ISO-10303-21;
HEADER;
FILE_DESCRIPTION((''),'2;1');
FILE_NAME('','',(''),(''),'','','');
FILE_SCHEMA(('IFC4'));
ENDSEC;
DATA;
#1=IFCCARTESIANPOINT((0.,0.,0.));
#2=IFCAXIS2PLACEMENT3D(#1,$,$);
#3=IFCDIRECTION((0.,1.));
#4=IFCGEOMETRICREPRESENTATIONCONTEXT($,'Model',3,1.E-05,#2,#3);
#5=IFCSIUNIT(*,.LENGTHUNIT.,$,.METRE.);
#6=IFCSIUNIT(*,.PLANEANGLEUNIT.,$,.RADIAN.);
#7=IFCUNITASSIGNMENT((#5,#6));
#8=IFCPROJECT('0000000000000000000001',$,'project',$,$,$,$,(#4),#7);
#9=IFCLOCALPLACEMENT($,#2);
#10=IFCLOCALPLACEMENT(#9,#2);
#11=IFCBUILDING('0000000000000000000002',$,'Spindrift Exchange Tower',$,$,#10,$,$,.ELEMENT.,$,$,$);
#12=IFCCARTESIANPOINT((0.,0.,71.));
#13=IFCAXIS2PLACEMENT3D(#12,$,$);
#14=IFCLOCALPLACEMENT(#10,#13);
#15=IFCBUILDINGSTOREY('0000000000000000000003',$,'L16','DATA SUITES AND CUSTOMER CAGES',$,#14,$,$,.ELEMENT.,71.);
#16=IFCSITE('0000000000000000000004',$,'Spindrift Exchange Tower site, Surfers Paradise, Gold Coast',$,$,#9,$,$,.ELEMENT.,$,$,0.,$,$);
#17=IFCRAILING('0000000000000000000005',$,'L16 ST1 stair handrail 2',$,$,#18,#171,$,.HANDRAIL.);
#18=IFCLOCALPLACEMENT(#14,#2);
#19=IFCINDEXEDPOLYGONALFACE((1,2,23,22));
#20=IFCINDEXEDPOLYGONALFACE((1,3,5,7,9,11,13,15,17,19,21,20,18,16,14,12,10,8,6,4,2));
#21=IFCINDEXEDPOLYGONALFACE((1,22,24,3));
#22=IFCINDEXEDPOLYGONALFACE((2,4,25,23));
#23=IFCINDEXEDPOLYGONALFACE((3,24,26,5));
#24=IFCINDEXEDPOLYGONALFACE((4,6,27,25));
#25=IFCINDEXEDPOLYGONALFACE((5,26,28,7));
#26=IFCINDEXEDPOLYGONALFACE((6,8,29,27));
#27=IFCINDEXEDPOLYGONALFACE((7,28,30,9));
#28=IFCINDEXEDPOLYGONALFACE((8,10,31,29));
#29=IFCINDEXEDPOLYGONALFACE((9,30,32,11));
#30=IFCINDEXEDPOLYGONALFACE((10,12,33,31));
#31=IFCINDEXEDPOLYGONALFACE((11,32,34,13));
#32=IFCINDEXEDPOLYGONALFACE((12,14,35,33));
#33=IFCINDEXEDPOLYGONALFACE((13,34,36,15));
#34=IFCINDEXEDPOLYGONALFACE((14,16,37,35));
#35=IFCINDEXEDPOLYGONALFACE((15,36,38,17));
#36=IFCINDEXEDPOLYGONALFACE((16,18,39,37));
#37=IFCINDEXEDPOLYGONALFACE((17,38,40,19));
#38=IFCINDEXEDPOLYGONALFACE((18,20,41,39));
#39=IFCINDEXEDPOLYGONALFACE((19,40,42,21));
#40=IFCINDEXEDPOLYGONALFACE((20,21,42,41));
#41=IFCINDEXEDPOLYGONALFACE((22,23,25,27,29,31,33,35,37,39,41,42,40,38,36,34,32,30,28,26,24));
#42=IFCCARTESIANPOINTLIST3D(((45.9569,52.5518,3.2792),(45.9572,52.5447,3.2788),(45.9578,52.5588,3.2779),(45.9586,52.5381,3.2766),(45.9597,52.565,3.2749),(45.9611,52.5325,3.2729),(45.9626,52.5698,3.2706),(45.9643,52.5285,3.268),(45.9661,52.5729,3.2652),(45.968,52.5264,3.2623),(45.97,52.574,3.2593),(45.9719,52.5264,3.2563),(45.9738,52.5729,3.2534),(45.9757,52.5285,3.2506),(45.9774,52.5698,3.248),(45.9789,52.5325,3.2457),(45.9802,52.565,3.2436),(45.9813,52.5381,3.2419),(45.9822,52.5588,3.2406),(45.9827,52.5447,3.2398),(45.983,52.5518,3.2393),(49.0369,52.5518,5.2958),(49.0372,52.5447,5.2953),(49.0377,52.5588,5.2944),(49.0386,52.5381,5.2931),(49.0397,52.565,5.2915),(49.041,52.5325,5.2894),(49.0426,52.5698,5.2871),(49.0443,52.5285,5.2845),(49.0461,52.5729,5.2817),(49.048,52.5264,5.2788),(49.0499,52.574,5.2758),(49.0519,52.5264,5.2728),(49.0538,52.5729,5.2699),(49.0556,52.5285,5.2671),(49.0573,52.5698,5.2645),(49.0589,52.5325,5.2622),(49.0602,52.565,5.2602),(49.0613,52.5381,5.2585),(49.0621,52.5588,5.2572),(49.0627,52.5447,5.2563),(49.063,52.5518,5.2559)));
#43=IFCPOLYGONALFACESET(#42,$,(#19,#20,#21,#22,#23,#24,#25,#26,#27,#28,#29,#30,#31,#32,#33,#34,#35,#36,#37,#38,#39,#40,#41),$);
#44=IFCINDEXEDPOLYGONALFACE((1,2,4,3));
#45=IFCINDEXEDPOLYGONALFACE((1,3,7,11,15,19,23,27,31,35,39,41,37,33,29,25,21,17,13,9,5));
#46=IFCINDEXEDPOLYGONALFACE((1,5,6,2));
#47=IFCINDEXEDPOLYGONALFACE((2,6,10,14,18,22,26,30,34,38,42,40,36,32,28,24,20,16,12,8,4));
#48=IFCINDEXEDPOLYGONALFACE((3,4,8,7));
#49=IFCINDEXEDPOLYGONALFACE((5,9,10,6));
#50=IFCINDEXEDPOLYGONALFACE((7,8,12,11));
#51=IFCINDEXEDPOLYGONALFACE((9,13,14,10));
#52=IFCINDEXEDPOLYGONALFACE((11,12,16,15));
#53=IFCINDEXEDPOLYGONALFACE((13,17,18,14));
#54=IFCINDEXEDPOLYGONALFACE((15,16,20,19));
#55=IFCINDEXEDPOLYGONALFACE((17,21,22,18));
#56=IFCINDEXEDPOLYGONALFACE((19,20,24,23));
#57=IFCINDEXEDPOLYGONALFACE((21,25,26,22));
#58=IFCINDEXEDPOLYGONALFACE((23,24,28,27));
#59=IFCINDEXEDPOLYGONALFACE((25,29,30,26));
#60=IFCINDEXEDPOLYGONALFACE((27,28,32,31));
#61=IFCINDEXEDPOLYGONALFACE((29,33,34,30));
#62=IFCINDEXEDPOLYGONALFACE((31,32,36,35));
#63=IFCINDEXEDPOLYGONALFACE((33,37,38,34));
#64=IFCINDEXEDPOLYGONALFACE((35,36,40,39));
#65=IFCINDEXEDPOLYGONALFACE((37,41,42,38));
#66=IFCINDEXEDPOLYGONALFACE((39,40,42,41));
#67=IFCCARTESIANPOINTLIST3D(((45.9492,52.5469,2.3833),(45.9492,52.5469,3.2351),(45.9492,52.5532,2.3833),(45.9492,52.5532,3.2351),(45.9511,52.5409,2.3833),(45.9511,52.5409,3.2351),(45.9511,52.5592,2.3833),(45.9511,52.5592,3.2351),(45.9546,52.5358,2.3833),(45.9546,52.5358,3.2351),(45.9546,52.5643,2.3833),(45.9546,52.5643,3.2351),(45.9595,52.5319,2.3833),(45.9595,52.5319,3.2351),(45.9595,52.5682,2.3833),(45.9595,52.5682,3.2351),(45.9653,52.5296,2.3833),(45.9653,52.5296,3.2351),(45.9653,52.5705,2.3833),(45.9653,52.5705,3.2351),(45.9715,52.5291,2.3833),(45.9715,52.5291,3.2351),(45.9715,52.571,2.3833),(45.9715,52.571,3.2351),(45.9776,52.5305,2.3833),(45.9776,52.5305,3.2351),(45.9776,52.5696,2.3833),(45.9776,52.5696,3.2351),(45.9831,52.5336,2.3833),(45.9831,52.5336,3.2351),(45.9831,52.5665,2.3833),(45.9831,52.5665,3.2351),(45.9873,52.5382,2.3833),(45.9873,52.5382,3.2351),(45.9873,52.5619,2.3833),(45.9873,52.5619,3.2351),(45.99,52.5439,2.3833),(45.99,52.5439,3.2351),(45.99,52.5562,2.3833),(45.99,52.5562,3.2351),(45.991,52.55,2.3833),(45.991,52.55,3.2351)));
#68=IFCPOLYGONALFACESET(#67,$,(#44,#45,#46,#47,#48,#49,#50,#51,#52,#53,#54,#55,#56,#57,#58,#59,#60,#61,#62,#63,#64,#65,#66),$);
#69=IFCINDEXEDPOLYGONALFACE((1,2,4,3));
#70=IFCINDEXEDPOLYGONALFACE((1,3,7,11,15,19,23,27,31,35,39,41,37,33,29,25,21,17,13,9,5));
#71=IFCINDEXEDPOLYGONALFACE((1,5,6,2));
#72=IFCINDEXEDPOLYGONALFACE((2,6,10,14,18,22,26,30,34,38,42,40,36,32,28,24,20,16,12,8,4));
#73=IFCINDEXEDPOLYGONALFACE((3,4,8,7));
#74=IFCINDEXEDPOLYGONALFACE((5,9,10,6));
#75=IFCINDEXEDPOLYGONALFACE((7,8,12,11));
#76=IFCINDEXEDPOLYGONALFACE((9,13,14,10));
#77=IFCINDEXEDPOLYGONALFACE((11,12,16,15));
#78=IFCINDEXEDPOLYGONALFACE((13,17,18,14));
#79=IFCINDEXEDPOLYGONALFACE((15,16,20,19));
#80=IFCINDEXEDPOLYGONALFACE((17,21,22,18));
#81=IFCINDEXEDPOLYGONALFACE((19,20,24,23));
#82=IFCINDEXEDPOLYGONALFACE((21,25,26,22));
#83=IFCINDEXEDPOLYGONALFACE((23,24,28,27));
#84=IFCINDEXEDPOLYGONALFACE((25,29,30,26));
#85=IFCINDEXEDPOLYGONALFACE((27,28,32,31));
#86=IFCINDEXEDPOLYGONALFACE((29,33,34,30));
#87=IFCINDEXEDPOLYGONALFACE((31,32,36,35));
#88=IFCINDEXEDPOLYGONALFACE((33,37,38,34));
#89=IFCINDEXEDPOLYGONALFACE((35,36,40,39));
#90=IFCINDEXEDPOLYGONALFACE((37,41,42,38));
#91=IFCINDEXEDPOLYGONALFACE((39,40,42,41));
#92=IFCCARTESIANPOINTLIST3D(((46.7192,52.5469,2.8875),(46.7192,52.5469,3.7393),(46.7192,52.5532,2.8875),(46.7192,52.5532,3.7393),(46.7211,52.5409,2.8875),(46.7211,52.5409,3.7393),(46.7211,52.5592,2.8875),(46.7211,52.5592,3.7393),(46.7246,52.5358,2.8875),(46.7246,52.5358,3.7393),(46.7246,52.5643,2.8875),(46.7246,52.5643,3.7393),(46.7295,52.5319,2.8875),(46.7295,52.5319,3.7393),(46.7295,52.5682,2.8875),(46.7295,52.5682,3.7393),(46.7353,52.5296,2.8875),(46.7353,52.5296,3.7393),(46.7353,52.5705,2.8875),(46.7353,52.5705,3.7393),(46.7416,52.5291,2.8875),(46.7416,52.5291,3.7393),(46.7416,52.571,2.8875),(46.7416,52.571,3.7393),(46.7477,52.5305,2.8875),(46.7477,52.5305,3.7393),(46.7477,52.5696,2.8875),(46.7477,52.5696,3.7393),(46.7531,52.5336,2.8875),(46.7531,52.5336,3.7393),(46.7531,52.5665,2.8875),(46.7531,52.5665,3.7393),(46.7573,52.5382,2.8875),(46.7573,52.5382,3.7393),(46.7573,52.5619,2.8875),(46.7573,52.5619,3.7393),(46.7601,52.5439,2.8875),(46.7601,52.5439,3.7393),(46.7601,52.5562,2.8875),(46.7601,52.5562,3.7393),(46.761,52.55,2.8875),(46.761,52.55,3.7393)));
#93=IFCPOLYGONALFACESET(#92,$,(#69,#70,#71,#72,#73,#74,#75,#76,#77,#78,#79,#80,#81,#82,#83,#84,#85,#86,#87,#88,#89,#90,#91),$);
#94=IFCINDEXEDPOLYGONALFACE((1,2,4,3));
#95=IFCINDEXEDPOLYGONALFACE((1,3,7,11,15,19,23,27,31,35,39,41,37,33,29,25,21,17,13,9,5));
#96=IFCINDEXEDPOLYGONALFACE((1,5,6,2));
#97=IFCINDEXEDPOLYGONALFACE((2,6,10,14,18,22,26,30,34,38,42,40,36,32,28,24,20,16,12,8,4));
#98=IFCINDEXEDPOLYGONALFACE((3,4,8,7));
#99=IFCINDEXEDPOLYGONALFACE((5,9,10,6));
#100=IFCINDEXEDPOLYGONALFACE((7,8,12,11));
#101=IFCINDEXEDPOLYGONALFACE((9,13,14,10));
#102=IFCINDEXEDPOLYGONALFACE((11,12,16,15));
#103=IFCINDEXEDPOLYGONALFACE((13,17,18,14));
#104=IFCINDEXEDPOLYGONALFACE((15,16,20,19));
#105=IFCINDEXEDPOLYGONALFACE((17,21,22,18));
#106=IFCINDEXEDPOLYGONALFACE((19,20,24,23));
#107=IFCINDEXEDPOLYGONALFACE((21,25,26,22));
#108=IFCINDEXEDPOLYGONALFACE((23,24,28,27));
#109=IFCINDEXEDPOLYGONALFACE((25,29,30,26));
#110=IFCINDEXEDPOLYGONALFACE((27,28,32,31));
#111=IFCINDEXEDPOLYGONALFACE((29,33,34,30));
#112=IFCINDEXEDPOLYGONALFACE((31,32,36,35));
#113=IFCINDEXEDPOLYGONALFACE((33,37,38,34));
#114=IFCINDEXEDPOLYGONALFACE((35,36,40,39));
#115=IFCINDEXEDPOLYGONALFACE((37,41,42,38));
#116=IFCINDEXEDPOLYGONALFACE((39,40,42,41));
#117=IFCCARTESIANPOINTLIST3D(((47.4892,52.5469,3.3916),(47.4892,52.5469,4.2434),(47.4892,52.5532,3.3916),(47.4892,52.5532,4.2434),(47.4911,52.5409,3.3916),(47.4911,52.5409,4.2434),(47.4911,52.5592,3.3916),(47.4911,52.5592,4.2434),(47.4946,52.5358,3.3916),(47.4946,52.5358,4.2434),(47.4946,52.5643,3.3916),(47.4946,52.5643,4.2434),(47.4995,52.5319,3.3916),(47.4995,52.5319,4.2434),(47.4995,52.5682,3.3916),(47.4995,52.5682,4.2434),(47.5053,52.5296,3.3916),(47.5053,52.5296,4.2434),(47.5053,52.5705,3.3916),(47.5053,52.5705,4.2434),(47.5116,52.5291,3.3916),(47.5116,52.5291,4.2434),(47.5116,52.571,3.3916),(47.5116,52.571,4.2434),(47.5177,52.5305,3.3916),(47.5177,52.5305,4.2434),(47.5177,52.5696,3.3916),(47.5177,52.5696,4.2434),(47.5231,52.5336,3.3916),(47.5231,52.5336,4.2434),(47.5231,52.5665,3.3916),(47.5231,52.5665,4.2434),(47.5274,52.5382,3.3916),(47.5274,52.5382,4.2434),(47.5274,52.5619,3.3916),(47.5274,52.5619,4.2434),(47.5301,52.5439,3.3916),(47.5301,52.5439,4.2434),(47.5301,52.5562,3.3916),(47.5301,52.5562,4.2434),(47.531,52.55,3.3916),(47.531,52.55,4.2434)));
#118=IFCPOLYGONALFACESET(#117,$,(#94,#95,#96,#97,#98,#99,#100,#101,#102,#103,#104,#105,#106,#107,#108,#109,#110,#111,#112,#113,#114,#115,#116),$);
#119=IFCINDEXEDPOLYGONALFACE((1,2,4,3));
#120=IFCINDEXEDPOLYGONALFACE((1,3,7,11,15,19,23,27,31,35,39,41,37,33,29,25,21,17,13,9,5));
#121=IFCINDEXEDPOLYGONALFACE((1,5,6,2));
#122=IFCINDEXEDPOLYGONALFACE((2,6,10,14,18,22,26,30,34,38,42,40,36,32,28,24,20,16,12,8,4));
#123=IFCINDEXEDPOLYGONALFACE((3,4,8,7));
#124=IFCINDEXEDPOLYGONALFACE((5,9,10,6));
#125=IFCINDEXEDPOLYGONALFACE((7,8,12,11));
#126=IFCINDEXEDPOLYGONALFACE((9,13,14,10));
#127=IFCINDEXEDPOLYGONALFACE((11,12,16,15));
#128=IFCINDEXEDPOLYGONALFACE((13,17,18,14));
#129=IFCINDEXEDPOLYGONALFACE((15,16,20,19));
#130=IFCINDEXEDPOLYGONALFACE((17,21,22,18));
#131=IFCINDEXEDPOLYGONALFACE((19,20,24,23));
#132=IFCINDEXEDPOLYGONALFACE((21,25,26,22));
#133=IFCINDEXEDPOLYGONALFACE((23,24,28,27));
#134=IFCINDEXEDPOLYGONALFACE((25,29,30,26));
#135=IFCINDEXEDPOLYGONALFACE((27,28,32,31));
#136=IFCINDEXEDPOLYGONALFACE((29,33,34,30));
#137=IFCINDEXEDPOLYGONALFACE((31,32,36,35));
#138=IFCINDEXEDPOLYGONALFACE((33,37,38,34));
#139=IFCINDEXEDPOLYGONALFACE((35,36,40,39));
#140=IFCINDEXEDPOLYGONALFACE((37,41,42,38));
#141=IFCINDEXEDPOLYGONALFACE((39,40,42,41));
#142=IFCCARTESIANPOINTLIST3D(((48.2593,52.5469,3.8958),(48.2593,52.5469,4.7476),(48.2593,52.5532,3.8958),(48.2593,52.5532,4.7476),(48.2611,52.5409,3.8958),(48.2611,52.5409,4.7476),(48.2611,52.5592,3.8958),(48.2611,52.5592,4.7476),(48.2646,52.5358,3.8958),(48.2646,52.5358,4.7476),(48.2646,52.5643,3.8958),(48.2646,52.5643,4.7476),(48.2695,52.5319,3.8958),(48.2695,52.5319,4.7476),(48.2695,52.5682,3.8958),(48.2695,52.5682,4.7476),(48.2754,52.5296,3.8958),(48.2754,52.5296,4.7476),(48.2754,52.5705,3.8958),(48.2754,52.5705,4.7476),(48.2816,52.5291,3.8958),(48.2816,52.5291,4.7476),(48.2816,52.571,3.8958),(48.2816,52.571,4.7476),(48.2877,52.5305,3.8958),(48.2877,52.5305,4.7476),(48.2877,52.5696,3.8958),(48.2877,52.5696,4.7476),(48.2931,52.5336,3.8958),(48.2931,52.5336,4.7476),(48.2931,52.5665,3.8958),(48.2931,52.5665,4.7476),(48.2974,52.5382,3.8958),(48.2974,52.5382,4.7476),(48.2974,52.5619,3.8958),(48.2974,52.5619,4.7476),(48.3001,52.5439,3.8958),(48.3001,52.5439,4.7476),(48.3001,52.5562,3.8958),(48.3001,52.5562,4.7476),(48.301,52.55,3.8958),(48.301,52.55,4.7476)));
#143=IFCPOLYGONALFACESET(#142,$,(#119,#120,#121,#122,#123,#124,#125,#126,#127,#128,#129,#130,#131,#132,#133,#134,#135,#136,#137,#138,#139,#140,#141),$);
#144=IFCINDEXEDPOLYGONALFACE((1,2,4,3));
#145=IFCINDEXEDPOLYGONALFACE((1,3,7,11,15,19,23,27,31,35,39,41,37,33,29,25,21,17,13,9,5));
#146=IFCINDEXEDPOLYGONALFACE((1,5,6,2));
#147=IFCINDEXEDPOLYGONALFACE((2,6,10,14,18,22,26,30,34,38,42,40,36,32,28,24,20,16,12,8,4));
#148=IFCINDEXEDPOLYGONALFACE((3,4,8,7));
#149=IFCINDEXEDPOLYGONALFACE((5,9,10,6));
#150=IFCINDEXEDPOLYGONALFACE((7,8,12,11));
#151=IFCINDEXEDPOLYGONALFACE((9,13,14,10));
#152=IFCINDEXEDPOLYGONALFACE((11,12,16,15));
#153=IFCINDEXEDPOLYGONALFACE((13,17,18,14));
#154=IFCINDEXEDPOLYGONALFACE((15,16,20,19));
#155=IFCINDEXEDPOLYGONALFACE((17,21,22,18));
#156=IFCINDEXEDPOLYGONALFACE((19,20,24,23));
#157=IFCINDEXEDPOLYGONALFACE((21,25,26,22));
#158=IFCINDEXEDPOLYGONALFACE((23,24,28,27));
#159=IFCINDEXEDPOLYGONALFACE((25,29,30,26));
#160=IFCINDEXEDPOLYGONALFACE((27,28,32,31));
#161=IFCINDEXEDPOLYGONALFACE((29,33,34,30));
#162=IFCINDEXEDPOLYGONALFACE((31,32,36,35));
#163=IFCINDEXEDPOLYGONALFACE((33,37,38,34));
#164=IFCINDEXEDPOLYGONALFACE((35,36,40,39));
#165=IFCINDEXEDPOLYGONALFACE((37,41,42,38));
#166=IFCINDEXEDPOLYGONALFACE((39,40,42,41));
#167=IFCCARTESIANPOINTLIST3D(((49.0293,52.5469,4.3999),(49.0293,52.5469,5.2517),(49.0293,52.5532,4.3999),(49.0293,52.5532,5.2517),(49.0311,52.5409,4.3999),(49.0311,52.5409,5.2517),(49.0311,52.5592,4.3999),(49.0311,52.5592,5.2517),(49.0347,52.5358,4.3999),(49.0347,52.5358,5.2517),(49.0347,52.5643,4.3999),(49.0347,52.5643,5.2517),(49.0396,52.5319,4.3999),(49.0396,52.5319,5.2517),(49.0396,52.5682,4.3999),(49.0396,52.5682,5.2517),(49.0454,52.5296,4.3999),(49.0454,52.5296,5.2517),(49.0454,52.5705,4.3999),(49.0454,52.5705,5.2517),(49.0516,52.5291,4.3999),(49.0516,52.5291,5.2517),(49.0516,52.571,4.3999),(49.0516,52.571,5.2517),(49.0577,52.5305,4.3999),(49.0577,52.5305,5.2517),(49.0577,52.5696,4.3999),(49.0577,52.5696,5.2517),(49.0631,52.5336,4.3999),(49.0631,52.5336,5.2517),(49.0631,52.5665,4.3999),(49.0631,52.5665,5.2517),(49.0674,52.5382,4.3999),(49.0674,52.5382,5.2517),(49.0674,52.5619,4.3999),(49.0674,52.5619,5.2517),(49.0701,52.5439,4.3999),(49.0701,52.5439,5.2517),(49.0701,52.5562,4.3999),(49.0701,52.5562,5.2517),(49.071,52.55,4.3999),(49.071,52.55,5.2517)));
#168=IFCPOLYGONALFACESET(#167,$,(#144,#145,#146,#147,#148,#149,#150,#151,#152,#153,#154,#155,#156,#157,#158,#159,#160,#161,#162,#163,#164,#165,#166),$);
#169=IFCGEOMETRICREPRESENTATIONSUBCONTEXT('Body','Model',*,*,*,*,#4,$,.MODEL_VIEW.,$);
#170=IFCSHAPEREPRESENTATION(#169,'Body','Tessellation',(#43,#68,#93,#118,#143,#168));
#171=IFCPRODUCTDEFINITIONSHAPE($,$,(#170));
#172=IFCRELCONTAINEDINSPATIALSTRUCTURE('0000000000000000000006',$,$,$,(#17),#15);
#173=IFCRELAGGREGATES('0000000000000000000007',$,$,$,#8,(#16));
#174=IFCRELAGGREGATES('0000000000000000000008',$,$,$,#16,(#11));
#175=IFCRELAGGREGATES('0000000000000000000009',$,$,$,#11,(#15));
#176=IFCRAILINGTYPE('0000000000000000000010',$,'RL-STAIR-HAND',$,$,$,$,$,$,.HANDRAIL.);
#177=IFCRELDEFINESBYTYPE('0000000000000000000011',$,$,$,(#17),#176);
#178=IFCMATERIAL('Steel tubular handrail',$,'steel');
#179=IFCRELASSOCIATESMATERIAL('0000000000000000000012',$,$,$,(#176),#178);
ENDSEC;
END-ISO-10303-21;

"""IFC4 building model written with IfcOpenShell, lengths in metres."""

from ifc_helpers import new_model, si_unit, direction, frame, origin, origin_2d, place, context, subcontext, project, spatial, circle, extrude, material, type_object, element, save


model = new_model("IFC4")

# Units and contexts
model_context = context("Model", 3, precision=1e-05, world=origin(), true_north=direction((0.0, 1.0)))
body_context = subcontext(model_context, "Body", "Model", "MODEL_VIEW")
ifc_project = project(units=[si_unit("LENGTHUNIT", "METRE"), si_unit("PLANEANGLEUNIT", "RADIAN")], contexts=[model_context])

# Site, building, storey
site_placement = place(None, origin())
site = spatial("IfcSite", under=ifc_project, at=site_placement, Name="Spindrift Exchange Tower site, Surfers Paradise, Gold Coast", CompositionType="ELEMENT", RefElevation=0.0)
building_placement = place(site_placement, origin())
building = spatial("IfcBuilding", under=site, at=building_placement, Name="Spindrift Exchange Tower", CompositionType="ELEMENT")
storey_placement = place(building_placement, frame((0.0, 0.0, 71.0)))
storey = spatial("IfcBuildingStorey", under=building, at=storey_placement, Name="L16", Description="DATA SUITES AND CUSTOMER CAGES", CompositionType="ELEMENT", Elevation=71.0)

# Railing
ifc_material_1 = material(Name="Steel tubular handrail", Category="steel")
railing_type_1 = type_object("IfcRailingType", Name="RL-STAIR-HAND", PredefinedType="HANDRAIL", material=ifc_material_1)
railing_1_placement = place(storey_placement, frame((45.97, 52.55, 2.3833)))
element("IfcRailing", 1, at=railing_1_placement, inside=storey, type_object=railing_type_1, Name="L16 ST1 stair handrail 2", PredefinedType="HANDRAIL", context=body_context, shape_type="SweptSolid", body=[
    extrude(circle(Radius=0.0239, at=origin_2d()), frame((0.0, 0.0, 0.876), z_axis=(0.836633, 0.0, 0.547764), x_axis=(0.0, 1.0, 0.0)), (0.0, 0.0, 1.0), 3.6814),
    extrude(circle(Radius=0.021, at=origin_2d()), origin(), (0.0, 0.0, 1.0), 0.8518),
    extrude(circle(Radius=0.021, at=origin_2d()), frame((0.77, 0.0, 0.5042)), (0.0, 0.0, 1.0), 0.8518),
    extrude(circle(Radius=0.021, at=origin_2d()), frame((1.54, 0.0, 1.0083)), (0.0, 0.0, 1.0), 0.8518),
    extrude(circle(Radius=0.021, at=origin_2d()), frame((2.3101, 0.0, 1.5125)), (0.0, 0.0, 1.0), 0.8518),
    extrude(circle(Radius=0.021, at=origin_2d()), frame((3.0801, 0.0, 2.0166)), (0.0, 0.0, 1.0), 0.8518),
])

save(model, "model.ifc")
